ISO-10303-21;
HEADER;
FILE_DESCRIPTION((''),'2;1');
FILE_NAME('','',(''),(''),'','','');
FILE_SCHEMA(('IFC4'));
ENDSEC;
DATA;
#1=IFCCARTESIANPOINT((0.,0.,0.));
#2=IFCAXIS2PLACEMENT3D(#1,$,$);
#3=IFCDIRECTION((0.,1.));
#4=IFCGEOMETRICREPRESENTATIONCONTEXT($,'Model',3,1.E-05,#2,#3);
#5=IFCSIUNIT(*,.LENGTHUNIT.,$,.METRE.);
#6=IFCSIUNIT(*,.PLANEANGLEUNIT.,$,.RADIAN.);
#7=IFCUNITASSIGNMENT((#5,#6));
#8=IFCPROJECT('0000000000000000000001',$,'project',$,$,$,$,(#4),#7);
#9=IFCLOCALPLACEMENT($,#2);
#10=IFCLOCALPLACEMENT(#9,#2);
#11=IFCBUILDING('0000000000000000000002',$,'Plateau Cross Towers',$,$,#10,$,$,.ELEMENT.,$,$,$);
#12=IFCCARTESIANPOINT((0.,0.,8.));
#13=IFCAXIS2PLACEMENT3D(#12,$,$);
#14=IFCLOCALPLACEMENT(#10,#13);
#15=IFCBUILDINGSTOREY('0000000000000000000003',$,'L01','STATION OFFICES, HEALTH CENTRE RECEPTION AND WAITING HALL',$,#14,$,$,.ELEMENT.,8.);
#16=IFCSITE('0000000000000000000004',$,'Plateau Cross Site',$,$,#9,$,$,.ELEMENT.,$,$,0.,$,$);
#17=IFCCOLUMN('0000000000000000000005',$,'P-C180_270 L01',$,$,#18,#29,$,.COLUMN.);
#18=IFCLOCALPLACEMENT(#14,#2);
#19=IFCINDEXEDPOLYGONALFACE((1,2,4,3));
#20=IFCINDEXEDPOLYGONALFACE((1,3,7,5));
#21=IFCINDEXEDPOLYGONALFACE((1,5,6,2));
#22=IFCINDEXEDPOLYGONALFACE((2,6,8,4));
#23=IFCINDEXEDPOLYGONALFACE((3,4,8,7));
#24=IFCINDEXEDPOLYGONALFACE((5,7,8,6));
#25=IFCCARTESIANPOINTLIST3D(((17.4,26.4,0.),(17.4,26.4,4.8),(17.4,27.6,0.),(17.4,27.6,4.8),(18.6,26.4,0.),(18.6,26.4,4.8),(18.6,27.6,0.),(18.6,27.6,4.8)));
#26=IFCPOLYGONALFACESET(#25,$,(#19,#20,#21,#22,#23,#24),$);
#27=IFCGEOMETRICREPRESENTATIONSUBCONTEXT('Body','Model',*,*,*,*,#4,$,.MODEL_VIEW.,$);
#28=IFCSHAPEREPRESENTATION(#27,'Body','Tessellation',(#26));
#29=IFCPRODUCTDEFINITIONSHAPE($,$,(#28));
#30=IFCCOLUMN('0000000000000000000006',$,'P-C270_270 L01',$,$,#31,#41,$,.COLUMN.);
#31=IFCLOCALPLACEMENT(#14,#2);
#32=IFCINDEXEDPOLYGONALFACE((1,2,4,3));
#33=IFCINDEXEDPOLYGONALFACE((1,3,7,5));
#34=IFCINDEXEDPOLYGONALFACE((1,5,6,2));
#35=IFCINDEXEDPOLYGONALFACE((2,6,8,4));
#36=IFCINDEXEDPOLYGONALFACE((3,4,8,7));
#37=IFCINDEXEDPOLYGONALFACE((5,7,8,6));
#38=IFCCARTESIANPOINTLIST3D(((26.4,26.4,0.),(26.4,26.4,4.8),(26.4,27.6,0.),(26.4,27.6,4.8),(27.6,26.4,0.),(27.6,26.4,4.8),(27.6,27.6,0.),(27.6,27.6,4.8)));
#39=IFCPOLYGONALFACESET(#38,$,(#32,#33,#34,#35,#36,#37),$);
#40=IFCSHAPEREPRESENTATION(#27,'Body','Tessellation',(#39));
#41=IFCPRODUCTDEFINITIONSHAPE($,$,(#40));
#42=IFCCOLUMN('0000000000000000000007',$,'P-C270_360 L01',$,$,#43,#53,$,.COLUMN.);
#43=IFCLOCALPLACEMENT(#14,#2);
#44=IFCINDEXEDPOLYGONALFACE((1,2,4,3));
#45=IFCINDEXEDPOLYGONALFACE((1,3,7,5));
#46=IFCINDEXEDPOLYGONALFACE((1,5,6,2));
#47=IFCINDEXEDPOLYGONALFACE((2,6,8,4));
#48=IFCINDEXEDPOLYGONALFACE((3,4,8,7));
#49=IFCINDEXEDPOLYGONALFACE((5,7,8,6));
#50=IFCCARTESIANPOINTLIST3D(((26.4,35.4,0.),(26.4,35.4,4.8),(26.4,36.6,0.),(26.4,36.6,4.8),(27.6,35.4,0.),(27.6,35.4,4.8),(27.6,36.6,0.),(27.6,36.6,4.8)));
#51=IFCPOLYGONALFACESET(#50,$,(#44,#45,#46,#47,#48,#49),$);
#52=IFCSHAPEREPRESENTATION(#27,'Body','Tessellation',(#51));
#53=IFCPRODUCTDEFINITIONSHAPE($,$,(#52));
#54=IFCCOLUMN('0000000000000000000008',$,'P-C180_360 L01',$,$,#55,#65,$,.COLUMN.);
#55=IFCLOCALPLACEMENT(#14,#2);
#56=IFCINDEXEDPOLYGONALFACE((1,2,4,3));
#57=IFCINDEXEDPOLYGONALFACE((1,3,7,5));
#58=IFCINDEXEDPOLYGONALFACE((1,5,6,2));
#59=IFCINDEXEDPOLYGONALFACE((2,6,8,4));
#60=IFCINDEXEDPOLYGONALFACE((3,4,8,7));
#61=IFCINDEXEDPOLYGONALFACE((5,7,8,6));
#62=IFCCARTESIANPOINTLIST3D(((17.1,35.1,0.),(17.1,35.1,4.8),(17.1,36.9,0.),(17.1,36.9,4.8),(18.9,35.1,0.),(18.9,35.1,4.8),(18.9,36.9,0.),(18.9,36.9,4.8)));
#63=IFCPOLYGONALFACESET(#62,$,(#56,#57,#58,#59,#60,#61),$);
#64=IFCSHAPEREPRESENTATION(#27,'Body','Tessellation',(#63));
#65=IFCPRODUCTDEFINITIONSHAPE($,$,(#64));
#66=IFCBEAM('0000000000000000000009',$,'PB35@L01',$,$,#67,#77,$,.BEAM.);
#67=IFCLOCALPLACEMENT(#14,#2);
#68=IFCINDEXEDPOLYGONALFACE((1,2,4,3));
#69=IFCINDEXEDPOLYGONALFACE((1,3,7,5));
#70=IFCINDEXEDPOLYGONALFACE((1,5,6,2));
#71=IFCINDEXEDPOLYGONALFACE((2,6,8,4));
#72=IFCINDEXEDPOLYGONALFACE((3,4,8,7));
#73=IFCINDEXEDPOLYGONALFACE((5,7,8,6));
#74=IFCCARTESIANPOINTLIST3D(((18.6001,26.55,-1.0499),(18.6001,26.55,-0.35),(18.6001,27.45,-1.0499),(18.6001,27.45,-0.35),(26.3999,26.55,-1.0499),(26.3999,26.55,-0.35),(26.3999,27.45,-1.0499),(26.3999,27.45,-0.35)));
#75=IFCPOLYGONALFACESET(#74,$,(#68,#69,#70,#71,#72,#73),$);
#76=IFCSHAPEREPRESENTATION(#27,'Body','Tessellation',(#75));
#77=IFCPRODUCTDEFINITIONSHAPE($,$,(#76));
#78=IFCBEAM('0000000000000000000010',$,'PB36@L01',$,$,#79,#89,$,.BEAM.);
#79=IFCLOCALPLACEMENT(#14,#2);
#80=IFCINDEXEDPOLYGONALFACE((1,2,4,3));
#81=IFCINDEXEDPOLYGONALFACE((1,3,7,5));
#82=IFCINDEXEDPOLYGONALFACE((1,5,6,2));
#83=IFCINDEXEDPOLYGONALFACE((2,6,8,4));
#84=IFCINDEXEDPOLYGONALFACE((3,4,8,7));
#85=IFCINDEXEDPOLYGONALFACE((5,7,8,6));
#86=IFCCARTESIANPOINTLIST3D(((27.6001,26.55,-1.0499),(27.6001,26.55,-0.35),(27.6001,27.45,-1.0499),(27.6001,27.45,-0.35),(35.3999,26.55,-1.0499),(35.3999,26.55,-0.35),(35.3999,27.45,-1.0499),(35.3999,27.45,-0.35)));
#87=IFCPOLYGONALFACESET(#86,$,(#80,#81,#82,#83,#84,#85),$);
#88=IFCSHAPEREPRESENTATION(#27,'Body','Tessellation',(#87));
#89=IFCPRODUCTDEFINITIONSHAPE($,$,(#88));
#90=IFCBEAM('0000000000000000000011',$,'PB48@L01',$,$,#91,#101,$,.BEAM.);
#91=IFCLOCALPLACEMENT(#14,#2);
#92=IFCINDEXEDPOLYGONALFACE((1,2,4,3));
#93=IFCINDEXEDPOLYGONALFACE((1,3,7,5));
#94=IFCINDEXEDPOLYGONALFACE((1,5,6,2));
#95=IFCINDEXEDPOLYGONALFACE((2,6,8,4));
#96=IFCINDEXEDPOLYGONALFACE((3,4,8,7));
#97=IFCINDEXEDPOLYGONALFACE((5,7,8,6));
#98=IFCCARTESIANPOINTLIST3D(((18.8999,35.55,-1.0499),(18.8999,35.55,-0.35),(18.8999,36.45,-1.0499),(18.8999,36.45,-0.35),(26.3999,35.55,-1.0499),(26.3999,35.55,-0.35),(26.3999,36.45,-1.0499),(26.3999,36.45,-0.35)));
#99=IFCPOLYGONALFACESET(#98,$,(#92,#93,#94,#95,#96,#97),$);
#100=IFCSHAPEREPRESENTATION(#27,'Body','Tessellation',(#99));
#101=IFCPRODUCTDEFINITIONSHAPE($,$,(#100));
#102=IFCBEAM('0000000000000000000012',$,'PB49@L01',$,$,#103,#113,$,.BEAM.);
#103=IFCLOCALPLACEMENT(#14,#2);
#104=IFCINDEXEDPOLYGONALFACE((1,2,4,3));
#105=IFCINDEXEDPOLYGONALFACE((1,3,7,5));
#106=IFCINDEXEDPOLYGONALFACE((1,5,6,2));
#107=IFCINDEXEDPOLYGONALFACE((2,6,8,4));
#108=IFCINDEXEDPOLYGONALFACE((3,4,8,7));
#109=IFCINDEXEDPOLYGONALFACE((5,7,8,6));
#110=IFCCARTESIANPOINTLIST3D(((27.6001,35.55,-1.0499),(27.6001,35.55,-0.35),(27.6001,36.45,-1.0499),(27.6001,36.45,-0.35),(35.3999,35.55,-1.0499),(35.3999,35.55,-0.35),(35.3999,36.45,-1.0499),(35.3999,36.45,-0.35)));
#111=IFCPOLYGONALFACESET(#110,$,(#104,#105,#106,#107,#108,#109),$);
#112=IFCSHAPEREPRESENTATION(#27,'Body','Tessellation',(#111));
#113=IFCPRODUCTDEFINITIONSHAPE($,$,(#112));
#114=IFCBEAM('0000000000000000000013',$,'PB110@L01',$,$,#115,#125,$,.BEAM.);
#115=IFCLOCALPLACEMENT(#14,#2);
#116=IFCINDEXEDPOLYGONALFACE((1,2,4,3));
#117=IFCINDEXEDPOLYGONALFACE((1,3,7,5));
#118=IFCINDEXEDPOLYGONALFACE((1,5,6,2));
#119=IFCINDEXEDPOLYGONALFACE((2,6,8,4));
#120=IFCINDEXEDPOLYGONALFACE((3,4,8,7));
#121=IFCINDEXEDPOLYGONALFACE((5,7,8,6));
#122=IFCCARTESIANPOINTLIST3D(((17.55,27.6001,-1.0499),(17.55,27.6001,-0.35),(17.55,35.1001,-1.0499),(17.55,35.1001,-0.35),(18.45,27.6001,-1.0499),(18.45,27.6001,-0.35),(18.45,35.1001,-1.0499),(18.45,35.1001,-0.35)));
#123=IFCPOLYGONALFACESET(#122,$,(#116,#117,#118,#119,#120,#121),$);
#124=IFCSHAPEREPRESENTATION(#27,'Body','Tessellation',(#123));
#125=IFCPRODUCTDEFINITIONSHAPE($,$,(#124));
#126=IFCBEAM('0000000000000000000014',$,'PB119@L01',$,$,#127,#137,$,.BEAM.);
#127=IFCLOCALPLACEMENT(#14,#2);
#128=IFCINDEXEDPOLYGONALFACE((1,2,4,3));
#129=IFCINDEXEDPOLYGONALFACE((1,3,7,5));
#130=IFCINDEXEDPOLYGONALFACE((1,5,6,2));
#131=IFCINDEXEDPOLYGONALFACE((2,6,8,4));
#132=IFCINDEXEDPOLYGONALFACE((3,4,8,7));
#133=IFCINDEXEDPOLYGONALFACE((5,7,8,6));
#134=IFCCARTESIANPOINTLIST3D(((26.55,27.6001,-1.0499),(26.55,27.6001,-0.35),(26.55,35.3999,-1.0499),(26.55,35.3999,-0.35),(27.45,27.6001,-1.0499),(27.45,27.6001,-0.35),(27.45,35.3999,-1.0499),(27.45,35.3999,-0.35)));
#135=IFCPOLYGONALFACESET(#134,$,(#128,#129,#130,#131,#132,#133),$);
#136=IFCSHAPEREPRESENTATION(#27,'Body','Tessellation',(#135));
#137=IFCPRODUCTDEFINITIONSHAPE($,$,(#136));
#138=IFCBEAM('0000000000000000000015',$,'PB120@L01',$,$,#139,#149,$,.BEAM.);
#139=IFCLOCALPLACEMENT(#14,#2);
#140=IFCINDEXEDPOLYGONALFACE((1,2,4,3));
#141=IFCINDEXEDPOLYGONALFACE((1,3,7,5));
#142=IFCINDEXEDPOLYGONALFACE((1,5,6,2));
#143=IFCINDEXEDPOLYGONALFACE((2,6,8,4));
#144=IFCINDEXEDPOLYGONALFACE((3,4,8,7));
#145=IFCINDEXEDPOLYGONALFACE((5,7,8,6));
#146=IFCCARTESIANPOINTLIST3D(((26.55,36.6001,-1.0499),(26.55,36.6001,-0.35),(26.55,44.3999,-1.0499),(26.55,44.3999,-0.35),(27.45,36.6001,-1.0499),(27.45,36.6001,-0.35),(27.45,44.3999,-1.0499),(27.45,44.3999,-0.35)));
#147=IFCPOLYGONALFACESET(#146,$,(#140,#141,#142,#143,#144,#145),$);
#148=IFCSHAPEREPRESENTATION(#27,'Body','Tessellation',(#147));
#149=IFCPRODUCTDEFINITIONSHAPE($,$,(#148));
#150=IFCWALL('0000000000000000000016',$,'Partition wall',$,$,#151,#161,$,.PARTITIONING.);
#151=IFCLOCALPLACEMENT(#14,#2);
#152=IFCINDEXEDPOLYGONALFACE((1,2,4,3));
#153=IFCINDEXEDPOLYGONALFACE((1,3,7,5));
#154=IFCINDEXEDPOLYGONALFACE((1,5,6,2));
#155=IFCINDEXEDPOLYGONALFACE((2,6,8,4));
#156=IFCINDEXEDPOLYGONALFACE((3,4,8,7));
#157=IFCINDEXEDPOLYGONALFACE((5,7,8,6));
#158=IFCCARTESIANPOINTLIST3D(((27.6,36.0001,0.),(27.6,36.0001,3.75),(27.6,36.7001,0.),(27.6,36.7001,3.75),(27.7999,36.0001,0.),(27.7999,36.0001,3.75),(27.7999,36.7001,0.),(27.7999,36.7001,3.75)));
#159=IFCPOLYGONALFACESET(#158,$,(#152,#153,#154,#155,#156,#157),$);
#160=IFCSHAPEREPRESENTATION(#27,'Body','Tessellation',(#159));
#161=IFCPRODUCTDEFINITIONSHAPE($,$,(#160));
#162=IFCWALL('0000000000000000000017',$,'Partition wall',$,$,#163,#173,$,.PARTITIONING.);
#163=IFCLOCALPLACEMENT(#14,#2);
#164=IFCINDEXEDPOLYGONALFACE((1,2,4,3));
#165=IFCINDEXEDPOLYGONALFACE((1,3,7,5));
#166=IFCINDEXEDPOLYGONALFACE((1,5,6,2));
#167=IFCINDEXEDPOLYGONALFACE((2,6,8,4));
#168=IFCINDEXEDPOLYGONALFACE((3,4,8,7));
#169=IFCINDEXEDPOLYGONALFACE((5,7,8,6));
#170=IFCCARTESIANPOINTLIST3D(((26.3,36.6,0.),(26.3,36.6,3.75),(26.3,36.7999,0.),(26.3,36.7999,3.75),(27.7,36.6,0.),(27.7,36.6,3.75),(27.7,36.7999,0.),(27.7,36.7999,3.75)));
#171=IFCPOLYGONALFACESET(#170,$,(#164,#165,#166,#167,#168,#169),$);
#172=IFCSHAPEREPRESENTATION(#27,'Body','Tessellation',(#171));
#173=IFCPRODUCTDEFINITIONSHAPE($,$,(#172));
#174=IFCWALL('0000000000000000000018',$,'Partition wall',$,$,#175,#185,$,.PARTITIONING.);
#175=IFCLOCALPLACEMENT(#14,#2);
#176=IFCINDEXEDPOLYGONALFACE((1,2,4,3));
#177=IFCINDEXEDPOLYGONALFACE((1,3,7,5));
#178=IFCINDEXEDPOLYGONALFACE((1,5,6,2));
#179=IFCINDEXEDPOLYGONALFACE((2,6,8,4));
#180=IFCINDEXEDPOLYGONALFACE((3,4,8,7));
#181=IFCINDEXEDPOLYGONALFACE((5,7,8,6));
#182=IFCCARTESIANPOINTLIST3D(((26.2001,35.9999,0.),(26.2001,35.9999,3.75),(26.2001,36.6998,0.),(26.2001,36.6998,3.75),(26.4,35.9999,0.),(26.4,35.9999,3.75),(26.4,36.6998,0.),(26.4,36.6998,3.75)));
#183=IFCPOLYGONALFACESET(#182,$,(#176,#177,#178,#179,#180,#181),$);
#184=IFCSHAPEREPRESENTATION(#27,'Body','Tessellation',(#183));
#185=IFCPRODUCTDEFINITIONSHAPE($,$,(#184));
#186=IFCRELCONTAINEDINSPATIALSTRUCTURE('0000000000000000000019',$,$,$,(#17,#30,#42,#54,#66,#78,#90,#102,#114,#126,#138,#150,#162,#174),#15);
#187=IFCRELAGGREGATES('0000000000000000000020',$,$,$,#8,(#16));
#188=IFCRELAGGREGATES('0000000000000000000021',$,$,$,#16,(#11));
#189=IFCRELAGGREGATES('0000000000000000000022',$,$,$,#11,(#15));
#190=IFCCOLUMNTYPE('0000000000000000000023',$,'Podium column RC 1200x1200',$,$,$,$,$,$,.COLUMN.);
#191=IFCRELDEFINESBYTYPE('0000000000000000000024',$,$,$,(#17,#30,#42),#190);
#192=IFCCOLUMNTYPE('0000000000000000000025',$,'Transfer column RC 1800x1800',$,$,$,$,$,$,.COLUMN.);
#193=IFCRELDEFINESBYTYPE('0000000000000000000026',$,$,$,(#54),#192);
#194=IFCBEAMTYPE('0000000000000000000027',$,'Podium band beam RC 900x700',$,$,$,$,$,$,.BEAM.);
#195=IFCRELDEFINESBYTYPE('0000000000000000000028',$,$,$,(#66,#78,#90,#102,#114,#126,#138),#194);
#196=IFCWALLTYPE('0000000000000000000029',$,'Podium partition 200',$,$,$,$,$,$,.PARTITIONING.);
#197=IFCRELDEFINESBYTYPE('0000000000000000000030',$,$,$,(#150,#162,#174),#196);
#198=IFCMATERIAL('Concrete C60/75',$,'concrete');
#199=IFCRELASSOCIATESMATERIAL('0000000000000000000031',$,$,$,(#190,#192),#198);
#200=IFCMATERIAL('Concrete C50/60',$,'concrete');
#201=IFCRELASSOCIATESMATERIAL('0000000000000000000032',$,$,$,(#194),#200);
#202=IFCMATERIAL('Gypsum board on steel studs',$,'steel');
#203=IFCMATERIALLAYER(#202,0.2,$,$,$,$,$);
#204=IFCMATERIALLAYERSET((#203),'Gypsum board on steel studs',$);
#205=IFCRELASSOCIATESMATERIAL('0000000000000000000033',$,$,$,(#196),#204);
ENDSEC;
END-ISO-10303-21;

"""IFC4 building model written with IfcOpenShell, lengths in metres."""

from ifc_helpers import new_model, si_unit, direction, frame, frame_2d, origin, origin_2d, place, context, subcontext, project, spatial, rectangle, extrude, material, layer, layer_set, material_profile, profile_set, type_object, element, save


model = new_model("IFC4")

# Units and contexts
model_context = context("Model", 3, precision=1e-05, world=origin(), true_north=direction((0.0, 1.0)))
body_context = subcontext(model_context, "Body", "Model", "MODEL_VIEW")
ifc_project = project(units=[si_unit("LENGTHUNIT", "METRE"), si_unit("PLANEANGLEUNIT", "RADIAN")], contexts=[model_context])

# Site, building, storey
site_placement = place(None, origin())
site = spatial("IfcSite", under=ifc_project, at=site_placement, Name="Plateau Cross Site", CompositionType="ELEMENT", RefElevation=0.0)
building_placement = place(site_placement, origin())
building = spatial("IfcBuilding", under=site, at=building_placement, Name="Plateau Cross Towers", CompositionType="ELEMENT")
storey_placement = place(building_placement, frame((0.0, 0.0, 8.0)))
storey = spatial("IfcBuildingStorey", under=building, at=storey_placement, Name="L01", Description="STATION OFFICES, HEALTH CENTRE RECEPTION AND WAITING HALL", CompositionType="ELEMENT", Elevation=8.0)

# Columns
ifc_material_1 = material(Name="Concrete C60/75", Category="concrete")
ifc_material_profile_1 = material_profile(ifc_material_1, rectangle(XDim=1.2, YDim=1.2, at=origin_2d()), Name="RC 1200x1200")
ifc_profile_set_1 = profile_set([ifc_material_profile_1], Name="Concrete C60/75")
column_type_1 = type_object("IfcColumnType", Name="Podium column RC 1200x1200", PredefinedType="COLUMN", material=ifc_profile_set_1)
for number, where, z_axis, x_axis, name in (
    (1, (18.0, 27.0, 0.0), (0.0, 0.0, 1.0), (1.0, 0.0, 0.0), "P-C180_270 L01"),
    (2, (27.0, 27.0, 0.0), (0.0, 0.0, 1.0), (1.0, 0.0, 0.0), "P-C270_270 L01"),
    (3, (27.0, 36.0, 0.0), (0.0, 0.0, 1.0), (1.0, 0.0, 0.0), "P-C270_360 L01"),
):
    element("IfcColumn", number, at=place(storey_placement, frame(where, z_axis=z_axis, x_axis=x_axis)), inside=storey, type_object=column_type_1, Name=name, PredefinedType="COLUMN", context=body_context, shape_type="SweptSolid", body=[
        extrude(rectangle(XDim=1.2, YDim=1.2, at=origin_2d()), origin(), (0.0, 0.0, 1.0), 4.8),
    ])
ifc_material_profile_2 = material_profile(ifc_material_1, rectangle(XDim=1.8, YDim=1.8, at=origin_2d()), Name="RC 1800x1800")
ifc_profile_set_2 = profile_set([ifc_material_profile_2], Name="Concrete C60/75")
column_type_2 = type_object("IfcColumnType", Name="Transfer column RC 1800x1800", PredefinedType="COLUMN", material=ifc_profile_set_2)
column_placement = place(storey_placement, frame((18.0, 36.0, 0.0), z_axis=(0.0, 0.0, 1.0), x_axis=(1.0, 0.0, 0.0)))
element("IfcColumn", 4, at=column_placement, inside=storey, type_object=column_type_2, Name="P-C180_360 L01", PredefinedType="COLUMN", context=body_context, shape_type="SweptSolid", body=[
    extrude(rectangle(XDim=1.8, YDim=1.8, at=origin_2d()), origin(), (0.0, 0.0, 1.0), 4.8),
])

# Beams
ifc_material_2 = material(Name="Concrete C50/60", Category="concrete")
ifc_material_profile_3 = material_profile(ifc_material_2, rectangle(XDim=0.8999, YDim=0.7, at=origin_2d()), Name="RC 900x700")
ifc_profile_set_3 = profile_set([ifc_material_profile_3], Name="Concrete C50/60")
beam_type = type_object("IfcBeamType", Name="Podium band beam RC 900x700", PredefinedType="BEAM", material=ifc_profile_set_3)
for number, where, z_axis, x_axis, name in (
    (5, (18.6001, 27.0, -0.7), (1.0, 0.0, 0.0), (0.0, 1.0, 0.0), "PB35@L01"),
    (6, (27.6001, 27.0, -0.7), (1.0, 0.0, 0.0), (0.0, 1.0, 0.0), "PB36@L01"),
):
    element("IfcBeam", number, at=place(storey_placement, frame(where, z_axis=z_axis, x_axis=x_axis)), inside=storey, type_object=beam_type, Name=name, PredefinedType="BEAM", context=body_context, shape_type="SweptSolid", body=[
        extrude(rectangle(XDim=0.8999, YDim=0.7, at=origin_2d()), origin(), (0.0, 0.0, 1.0), 7.7998),
    ])
beam_1_placement = place(storey_placement, frame((18.8999, 36.0, -0.7), z_axis=(1.0, 0.0, 0.0), x_axis=(0.0, 1.0, 0.0)))
element("IfcBeam", 7, at=beam_1_placement, inside=storey, type_object=beam_type, Name="PB48@L01", PredefinedType="BEAM", context=body_context, shape_type="SweptSolid", body=[
    extrude(rectangle(XDim=0.8999, YDim=0.7, at=origin_2d()), origin(), (0.0, 0.0, 1.0), 7.5),
])
beam_2_placement = place(storey_placement, frame((27.6001, 36.0, -0.7), z_axis=(1.0, 0.0, 0.0), x_axis=(0.0, 1.0, 0.0)))
element("IfcBeam", 8, at=beam_2_placement, inside=storey, type_object=beam_type, Name="PB49@L01", PredefinedType="BEAM", context=body_context, shape_type="SweptSolid", body=[
    extrude(rectangle(XDim=0.8999, YDim=0.7, at=origin_2d()), origin(), (0.0, 0.0, 1.0), 7.7998),
])
beam_3_placement = place(storey_placement, frame((18.0, 27.6001, -0.7), z_axis=(0.0, 1.0, 0.0), x_axis=(-1.0, 0.0, 0.0)))
element("IfcBeam", 9, at=beam_3_placement, inside=storey, type_object=beam_type, Name="PB110@L01", PredefinedType="BEAM", context=body_context, shape_type="SweptSolid", body=[
    extrude(rectangle(XDim=0.8999, YDim=0.7, at=origin_2d()), origin(), (0.0, 0.0, 1.0), 7.5),
])
for number, where, z_axis, x_axis, name in (
    (10, (27.0, 27.6001, -0.7), (0.0, 1.0, 0.0), (-1.0, 0.0, 0.0), "PB119@L01"),
    (11, (27.0, 36.6001, -0.7), (0.0, 1.0, 0.0), (-1.0, 0.0, 0.0), "PB120@L01"),
):
    element("IfcBeam", number, at=place(storey_placement, frame(where, z_axis=z_axis, x_axis=x_axis)), inside=storey, type_object=beam_type, Name=name, PredefinedType="BEAM", context=body_context, shape_type="SweptSolid", body=[
        extrude(rectangle(XDim=0.8999, YDim=0.7, at=origin_2d()), origin(), (0.0, 0.0, 1.0), 7.7998),
    ])

# Walls
ifc_material_3 = material(Name="Gypsum board on steel studs", Category="steel")
ifc_layer_1 = layer(ifc_material_3, 0.2)
ifc_layer_set_1 = layer_set([ifc_layer_1], Name="Gypsum board on steel studs")
wall_type_1 = type_object("IfcWallType", Name="Podium partition 200", PredefinedType="PARTITIONING", material=ifc_layer_set_1)
wall_1_placement = place(storey_placement, frame((27.7, 36.0, 0.0), z_axis=(0.0, 0.0, 1.0), x_axis=(0.0, 1.0, 0.0)))
element("IfcWall", 12, at=wall_1_placement, inside=storey, type_object=wall_type_1, Name="Partition wall", PredefinedType="PARTITIONING", context=body_context, shape_type="SweptSolid", body=[
    extrude(rectangle(XDim=0.7, YDim=0.2, at=frame_2d((0.3501, 0.0))), origin(), (0.0, 0.0, 1.0), 3.75),
])
wall_2_placement = place(storey_placement, frame((27.7, 36.7, 0.0), z_axis=(0.0, 0.0, 1.0), x_axis=(-1.0, 0.0, 0.0)))
element("IfcWall", 13, at=wall_2_placement, inside=storey, type_object=wall_type_1, Name="Partition wall", PredefinedType="PARTITIONING", context=body_context, shape_type="SweptSolid", body=[
    extrude(rectangle(XDim=1.3999, YDim=0.2, at=frame_2d((0.7, 0.0))), origin(), (0.0, 0.0, 1.0), 3.75),
])
wall_3_placement = place(storey_placement, frame((26.3, 36.7, 0.0), z_axis=(0.0, 0.0, 1.0), x_axis=(0.0, -1.0, 0.0)))
element("IfcWall", 14, at=wall_3_placement, inside=storey, type_object=wall_type_1, Name="Partition wall", PredefinedType="PARTITIONING", context=body_context, shape_type="SweptSolid", body=[
    extrude(rectangle(XDim=0.7, YDim=0.2, at=frame_2d((0.3501, 0.0))), origin(), (0.0, 0.0, 1.0), 3.75),
])

save(model, "model.ifc")
